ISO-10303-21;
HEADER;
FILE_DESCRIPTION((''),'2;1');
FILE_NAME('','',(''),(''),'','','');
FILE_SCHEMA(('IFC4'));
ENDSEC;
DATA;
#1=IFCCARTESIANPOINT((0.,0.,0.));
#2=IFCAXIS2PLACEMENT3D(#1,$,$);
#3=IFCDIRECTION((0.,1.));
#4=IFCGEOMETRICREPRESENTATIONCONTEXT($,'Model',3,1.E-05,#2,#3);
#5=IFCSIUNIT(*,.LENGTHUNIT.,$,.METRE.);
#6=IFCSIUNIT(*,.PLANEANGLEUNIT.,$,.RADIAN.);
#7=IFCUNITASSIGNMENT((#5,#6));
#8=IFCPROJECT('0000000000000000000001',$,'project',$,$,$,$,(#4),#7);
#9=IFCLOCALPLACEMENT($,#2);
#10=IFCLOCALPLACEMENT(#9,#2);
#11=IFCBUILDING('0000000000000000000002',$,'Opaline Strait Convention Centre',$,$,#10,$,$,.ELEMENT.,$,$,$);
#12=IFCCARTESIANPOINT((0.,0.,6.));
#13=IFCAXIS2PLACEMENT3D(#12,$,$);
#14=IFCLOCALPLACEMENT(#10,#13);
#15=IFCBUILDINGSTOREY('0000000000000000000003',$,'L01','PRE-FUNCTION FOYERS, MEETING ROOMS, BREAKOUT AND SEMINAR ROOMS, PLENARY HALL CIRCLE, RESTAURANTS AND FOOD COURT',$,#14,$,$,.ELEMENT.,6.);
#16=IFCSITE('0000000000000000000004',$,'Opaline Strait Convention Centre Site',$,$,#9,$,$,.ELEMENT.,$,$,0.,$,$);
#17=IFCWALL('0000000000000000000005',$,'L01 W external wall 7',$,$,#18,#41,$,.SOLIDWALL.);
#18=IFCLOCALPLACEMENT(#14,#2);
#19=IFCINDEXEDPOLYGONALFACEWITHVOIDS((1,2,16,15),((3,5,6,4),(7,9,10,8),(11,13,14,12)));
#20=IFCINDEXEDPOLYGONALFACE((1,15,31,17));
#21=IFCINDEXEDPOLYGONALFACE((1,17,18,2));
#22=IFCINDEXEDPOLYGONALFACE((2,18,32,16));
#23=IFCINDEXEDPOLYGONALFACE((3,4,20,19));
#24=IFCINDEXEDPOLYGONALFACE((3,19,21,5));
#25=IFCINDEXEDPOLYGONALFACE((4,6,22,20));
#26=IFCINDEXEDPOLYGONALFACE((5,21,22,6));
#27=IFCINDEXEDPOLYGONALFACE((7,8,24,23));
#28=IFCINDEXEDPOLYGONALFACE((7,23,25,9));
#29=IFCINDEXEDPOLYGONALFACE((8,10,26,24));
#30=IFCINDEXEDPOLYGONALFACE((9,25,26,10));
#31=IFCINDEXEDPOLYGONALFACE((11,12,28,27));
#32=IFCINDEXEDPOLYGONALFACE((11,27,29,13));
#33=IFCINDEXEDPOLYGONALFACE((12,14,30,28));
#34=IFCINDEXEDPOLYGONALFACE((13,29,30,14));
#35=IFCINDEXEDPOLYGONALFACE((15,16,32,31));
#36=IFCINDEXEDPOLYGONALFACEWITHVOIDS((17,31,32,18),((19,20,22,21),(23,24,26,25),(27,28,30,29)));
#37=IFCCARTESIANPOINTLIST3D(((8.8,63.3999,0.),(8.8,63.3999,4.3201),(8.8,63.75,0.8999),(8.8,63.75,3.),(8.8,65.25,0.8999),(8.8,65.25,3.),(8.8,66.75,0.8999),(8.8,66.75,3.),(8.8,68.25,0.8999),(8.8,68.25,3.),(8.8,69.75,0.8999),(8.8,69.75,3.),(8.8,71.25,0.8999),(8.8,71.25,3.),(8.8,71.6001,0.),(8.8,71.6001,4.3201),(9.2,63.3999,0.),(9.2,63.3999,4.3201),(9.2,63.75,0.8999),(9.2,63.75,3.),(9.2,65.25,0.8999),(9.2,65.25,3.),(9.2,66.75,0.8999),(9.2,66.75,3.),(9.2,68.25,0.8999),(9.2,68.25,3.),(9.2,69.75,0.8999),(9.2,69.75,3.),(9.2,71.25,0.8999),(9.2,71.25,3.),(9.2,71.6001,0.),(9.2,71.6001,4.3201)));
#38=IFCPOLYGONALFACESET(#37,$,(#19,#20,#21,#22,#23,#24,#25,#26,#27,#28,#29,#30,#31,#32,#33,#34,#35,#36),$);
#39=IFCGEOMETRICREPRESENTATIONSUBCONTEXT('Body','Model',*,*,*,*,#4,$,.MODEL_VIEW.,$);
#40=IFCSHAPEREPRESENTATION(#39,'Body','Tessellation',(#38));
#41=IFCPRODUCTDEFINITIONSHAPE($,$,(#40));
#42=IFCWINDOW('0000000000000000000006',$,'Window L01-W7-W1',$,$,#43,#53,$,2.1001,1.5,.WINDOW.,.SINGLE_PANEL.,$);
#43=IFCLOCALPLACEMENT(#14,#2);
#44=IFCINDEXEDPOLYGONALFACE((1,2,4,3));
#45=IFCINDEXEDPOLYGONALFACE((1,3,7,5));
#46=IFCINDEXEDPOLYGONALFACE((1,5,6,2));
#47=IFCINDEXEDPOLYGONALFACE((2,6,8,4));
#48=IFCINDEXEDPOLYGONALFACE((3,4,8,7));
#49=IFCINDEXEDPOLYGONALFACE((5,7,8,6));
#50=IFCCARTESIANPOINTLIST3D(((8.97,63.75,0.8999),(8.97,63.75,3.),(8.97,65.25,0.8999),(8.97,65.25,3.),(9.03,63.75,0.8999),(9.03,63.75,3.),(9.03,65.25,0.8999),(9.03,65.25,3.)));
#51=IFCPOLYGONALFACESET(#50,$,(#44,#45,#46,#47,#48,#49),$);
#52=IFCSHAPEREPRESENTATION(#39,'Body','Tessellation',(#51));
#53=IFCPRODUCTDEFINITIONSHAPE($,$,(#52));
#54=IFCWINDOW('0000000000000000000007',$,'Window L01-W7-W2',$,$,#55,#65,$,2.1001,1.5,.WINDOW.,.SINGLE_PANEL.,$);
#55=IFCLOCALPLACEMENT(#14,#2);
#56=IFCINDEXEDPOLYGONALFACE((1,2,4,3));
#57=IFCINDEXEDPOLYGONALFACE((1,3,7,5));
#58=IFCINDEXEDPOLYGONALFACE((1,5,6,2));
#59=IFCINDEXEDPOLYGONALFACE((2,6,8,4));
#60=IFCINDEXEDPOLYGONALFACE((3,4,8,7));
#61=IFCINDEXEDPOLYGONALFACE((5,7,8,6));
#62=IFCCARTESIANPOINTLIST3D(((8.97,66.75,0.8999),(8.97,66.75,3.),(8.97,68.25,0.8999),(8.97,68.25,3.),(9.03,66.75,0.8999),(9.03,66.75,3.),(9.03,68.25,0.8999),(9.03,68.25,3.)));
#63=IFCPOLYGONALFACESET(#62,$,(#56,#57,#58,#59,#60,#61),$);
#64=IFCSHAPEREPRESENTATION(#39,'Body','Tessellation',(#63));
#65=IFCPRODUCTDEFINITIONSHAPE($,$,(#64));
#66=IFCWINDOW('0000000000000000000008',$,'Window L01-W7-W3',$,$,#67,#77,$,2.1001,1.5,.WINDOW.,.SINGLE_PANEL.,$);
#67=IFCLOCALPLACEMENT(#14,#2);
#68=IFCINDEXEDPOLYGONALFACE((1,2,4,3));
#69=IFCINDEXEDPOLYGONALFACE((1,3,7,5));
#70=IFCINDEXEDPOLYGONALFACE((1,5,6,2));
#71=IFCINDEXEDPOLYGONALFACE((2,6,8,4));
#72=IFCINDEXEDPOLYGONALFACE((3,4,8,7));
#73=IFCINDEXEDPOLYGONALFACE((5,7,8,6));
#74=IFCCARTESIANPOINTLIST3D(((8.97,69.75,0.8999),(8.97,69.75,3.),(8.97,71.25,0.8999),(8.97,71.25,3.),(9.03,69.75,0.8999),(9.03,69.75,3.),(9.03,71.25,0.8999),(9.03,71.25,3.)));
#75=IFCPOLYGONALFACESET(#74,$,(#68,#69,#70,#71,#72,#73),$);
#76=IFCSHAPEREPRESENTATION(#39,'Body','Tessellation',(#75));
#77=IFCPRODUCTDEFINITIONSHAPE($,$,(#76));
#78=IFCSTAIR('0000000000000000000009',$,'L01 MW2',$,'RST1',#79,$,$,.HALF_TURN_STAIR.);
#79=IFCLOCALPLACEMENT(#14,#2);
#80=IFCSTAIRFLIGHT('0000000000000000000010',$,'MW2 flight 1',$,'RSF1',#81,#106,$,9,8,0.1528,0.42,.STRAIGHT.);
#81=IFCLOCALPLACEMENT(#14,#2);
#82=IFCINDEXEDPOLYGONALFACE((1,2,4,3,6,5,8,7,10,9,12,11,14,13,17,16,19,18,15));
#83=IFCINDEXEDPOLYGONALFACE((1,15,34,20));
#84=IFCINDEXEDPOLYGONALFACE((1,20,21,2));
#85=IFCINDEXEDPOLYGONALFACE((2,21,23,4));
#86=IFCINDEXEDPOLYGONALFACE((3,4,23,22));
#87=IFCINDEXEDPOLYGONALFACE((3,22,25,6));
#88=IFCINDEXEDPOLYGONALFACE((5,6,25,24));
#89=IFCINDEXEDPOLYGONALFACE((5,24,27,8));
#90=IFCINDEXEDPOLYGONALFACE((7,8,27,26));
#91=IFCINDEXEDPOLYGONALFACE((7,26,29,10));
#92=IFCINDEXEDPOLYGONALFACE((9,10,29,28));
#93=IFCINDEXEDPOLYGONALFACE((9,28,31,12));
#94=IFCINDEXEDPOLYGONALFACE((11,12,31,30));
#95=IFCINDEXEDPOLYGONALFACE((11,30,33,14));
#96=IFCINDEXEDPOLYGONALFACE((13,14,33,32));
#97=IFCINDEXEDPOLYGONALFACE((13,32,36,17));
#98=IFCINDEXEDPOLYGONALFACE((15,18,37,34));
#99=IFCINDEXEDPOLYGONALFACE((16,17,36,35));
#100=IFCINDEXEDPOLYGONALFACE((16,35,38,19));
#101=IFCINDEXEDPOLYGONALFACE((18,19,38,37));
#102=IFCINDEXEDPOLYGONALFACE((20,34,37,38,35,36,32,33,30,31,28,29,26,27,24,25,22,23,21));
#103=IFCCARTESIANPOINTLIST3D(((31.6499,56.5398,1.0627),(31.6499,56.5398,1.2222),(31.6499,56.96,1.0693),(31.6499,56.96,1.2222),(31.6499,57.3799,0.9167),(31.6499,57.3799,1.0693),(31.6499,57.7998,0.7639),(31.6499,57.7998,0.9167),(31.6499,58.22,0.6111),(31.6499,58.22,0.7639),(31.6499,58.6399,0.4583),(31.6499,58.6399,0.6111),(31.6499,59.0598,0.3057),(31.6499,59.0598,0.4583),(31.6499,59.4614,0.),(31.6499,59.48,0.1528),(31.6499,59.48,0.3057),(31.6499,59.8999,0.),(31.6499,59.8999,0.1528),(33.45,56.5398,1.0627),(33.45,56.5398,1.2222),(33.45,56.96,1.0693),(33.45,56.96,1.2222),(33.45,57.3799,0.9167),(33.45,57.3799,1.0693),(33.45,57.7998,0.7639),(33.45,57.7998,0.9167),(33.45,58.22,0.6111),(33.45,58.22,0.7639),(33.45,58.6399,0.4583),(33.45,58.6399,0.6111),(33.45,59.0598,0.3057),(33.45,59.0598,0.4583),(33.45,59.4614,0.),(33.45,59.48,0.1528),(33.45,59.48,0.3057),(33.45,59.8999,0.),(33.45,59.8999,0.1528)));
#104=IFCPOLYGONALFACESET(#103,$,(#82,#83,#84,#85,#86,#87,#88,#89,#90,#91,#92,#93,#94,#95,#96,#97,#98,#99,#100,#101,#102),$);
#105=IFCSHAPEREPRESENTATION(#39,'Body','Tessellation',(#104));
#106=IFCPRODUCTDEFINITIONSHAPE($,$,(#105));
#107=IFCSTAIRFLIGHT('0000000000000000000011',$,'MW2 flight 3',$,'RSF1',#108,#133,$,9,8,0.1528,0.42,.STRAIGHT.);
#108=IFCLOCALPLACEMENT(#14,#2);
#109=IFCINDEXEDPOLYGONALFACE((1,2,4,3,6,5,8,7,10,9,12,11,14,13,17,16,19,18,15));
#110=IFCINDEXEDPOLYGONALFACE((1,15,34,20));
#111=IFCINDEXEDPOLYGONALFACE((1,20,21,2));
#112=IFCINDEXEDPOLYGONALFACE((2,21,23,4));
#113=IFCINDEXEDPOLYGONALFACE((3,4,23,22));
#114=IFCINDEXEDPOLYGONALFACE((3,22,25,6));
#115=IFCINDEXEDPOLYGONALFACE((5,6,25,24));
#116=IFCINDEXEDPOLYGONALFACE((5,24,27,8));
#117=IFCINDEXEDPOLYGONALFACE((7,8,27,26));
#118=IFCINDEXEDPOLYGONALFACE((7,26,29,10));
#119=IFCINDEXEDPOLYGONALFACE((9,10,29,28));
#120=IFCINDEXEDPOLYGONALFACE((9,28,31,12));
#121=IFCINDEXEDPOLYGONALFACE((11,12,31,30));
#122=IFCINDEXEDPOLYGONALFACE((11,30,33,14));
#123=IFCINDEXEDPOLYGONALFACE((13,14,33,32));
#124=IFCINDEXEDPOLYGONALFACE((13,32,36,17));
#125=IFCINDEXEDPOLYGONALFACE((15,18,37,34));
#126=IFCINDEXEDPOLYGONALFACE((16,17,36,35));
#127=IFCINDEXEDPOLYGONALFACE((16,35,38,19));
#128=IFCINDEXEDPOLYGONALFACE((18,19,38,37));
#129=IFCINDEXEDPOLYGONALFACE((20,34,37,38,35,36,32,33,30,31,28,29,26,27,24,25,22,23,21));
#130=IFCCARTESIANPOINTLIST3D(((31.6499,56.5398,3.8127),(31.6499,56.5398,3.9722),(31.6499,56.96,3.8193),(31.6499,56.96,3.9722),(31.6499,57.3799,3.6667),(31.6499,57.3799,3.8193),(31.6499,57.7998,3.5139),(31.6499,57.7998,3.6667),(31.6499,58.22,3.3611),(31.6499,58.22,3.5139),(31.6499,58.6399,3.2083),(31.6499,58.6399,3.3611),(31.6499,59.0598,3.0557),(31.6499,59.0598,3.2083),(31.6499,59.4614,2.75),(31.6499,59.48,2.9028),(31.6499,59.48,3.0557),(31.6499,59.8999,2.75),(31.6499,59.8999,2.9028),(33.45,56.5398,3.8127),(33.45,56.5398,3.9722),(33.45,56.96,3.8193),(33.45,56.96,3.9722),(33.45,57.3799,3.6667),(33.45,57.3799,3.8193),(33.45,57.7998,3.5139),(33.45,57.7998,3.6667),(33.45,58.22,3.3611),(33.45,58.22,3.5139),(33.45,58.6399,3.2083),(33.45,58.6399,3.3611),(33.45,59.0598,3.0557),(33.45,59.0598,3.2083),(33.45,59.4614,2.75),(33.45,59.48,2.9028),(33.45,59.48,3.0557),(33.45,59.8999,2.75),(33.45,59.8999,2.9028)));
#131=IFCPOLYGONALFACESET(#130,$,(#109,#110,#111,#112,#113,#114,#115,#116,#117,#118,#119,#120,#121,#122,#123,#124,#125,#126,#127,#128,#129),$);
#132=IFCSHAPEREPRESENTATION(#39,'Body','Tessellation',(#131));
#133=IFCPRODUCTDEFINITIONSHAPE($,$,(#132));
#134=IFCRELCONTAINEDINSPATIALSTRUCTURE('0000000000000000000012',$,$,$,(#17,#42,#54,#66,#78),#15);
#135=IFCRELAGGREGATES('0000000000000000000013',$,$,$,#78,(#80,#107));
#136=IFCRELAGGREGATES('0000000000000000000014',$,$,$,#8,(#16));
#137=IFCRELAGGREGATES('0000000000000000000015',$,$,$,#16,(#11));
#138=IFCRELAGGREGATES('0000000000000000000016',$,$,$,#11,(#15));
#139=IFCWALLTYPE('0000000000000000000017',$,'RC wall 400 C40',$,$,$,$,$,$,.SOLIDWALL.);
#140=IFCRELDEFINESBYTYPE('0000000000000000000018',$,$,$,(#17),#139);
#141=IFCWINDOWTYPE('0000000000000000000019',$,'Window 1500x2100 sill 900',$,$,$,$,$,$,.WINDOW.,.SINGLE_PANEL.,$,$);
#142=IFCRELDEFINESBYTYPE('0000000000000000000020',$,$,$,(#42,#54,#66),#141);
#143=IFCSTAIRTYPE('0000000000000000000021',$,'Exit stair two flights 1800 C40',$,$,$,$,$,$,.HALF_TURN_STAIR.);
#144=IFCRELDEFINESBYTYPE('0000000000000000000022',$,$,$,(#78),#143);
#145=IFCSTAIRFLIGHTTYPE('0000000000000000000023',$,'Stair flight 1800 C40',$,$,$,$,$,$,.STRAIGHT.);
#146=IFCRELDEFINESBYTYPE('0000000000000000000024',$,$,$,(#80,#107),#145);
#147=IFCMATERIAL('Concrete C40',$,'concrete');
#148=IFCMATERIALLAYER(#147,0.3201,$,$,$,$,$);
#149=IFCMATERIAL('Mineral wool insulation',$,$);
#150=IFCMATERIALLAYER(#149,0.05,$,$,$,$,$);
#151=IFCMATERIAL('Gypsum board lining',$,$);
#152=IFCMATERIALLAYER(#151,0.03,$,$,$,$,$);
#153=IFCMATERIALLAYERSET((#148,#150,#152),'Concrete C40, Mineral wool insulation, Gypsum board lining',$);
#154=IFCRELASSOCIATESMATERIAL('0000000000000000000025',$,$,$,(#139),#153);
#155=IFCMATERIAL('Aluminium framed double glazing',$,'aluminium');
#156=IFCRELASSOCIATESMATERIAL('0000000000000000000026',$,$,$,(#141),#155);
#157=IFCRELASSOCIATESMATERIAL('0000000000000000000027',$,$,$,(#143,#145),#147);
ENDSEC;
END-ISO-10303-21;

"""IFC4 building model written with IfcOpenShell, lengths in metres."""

from ifc_helpers import new_model, si_unit, direction, frame, frame_2d, origin, place, context, subcontext, project, spatial, polyline, rectangle, outline, extrude, material, layer, layer_set, type_object, element, fill, aggregate, save


model = new_model("IFC4")

# Units and contexts
model_context = context("Model", 3, precision=1e-05, world=origin(), true_north=direction((0.0, 1.0)))
body_context = subcontext(model_context, "Body", "Model", "MODEL_VIEW")
ifc_project = project(units=[si_unit("LENGTHUNIT", "METRE"), si_unit("PLANEANGLEUNIT", "RADIAN")], contexts=[model_context])

# Site, building, storey
site_placement = place(None, origin())
site = spatial("IfcSite", under=ifc_project, at=site_placement, Name="Opaline Strait Convention Centre Site", CompositionType="ELEMENT", RefElevation=0.0)
building_placement = place(site_placement, origin())
building = spatial("IfcBuilding", under=site, at=building_placement, Name="Opaline Strait Convention Centre", CompositionType="ELEMENT")
storey_placement = place(building_placement, frame((0.0, 0.0, 6.0)))
storey = spatial("IfcBuildingStorey", under=building, at=storey_placement, Name="L01", Description="PRE-FUNCTION FOYERS, MEETING ROOMS, BREAKOUT AND SEMINAR ROOMS, PLENARY HALL CIRCLE, RESTAURANTS AND FOOD COURT", CompositionType="ELEMENT", Elevation=6.0)

# Shared definitions
ifc_material_1 = material(Name="Concrete C40", Category="concrete")

# Wall, openings, windows
ifc_layer_1 = layer(ifc_material_1, 0.3201)
ifc_material_2 = material(Name="Mineral wool insulation")
ifc_layer_2 = layer(ifc_material_2, 0.05)
ifc_material_3 = material(Name="Gypsum board lining")
ifc_layer_3 = layer(ifc_material_3, 0.03)
ifc_layer_set_1 = layer_set([ifc_layer_1, ifc_layer_2, ifc_layer_3], Name="Concrete C40, Mineral wool insulation, Gypsum board lining")
wall_type_1 = type_object("IfcWallType", Name="RC wall 400 C40", PredefinedType="SOLIDWALL", material=ifc_layer_set_1)
wall_1_placement = place(storey_placement, frame((9.0, 63.3999, 0.0), z_axis=(0.0, 0.0, 1.0), x_axis=(0.0, 1.0, 0.0)))
wall_1 = element("IfcWall", 1, at=wall_1_placement, inside=storey, type_object=wall_type_1, Name="L01 W external wall 7", PredefinedType="SOLIDWALL", context=body_context, shape_type="SweptSolid", body=[
    extrude(rectangle(XDim=8.2002, YDim=0.3999, at=frame_2d((4.1001, 0.0))), origin(), (0.0, 0.0, 1.0), 4.3201),
])
opening_1_placement = place(wall_1_placement, frame((0.3501, 0.0, 0.8999)))
opening_1 = element("IfcOpeningElement", 2, at=opening_1_placement, cuts=wall_1, PredefinedType="OPENING", context=body_context, shape_type="SweptSolid", body=[
    extrude(rectangle(XDim=1.5, YDim=2.1001, at=frame_2d((0.75, 1.05))), frame((0.0, 0.21, 0.0), z_axis=(0.0, -1.0, 0.0), x_axis=(1.0, 0.0, 0.0)), (0.0, 0.0, 1.0), 0.4199),
])
opening_2_placement = place(wall_1_placement, frame((3.3501, 0.0, 0.8999)))
opening_2 = element("IfcOpeningElement", 3, at=opening_2_placement, cuts=wall_1, PredefinedType="OPENING", context=body_context, shape_type="SweptSolid", body=[
    extrude(rectangle(XDim=1.5, YDim=2.1001, at=frame_2d((0.75, 1.05))), frame((0.0, 0.21, 0.0), z_axis=(0.0, -1.0, 0.0), x_axis=(1.0, 0.0, 0.0)), (0.0, 0.0, 1.0), 0.4199),
])
opening_3_placement = place(wall_1_placement, frame((6.3501, 0.0, 0.8999)))
opening_3 = element("IfcOpeningElement", 4, at=opening_3_placement, cuts=wall_1, PredefinedType="OPENING", context=body_context, shape_type="SweptSolid", body=[
    extrude(rectangle(XDim=1.5, YDim=2.1001, at=frame_2d((0.75, 1.05))), frame((0.0, 0.21, 0.0), z_axis=(0.0, -1.0, 0.0), x_axis=(1.0, 0.0, 0.0)), (0.0, 0.0, 1.0), 0.4199),
])
ifc_material_4 = material(Name="Aluminium framed double glazing", Category="aluminium")
window_type = type_object("IfcWindowType", Name="Window 1500x2100 sill 900", PartitioningType="SINGLE_PANEL", PredefinedType="WINDOW", material=ifc_material_4)
window_1_placement = place(opening_1_placement, origin())
window_1 = element("IfcWindow", 5, at=window_1_placement, inside=storey, type_object=window_type, Name="Window L01-W7-W1", OverallHeight=2.1001, OverallWidth=1.5, PartitioningType="SINGLE_PANEL", PredefinedType="WINDOW", context=body_context, shape_type="SweptSolid", body=[
    extrude(rectangle(XDim=1.5, YDim=2.1001, at=frame_2d((0.75, 1.05))), frame((0.0, 0.03, 0.0), z_axis=(0.0, -1.0, 0.0), x_axis=(1.0, 0.0, 0.0)), (0.0, 0.0, 1.0), 0.0601),
])
fill(opening_1, window_1)
window_2_placement = place(opening_2_placement, origin())
window_2 = element("IfcWindow", 6, at=window_2_placement, inside=storey, type_object=window_type, Name="Window L01-W7-W2", OverallHeight=2.1001, OverallWidth=1.5, PartitioningType="SINGLE_PANEL", PredefinedType="WINDOW", context=body_context, shape_type="SweptSolid", body=[
    extrude(rectangle(XDim=1.5, YDim=2.1001, at=frame_2d((0.75, 1.05))), frame((0.0, 0.03, 0.0), z_axis=(0.0, -1.0, 0.0), x_axis=(1.0, 0.0, 0.0)), (0.0, 0.0, 1.0), 0.0601),
])
fill(opening_2, window_2)
window_3_placement = place(opening_3_placement, origin())
window_3 = element("IfcWindow", 7, at=window_3_placement, inside=storey, type_object=window_type, Name="Window L01-W7-W3", OverallHeight=2.1001, OverallWidth=1.5, PartitioningType="SINGLE_PANEL", PredefinedType="WINDOW", context=body_context, shape_type="SweptSolid", body=[
    extrude(rectangle(XDim=1.5, YDim=2.1001, at=frame_2d((0.75, 1.05))), frame((0.0, 0.03, 0.0), z_axis=(0.0, -1.0, 0.0), x_axis=(1.0, 0.0, 0.0)), (0.0, 0.0, 1.0), 0.0601),
])
fill(opening_3, window_3)

# Stair, stair flights
stair_type = type_object("IfcStairType", Name="Exit stair two flights 1800 C40", PredefinedType="HALF_TURN_STAIR", material=ifc_material_1)
stair_placement = place(storey_placement, origin())
stair = element("IfcStair", 8, at=stair_placement, inside=storey, type_object=stair_type, Name="L01 MW2", ObjectType="RST1", PredefinedType="HALF_TURN_STAIR")
stair_flight_type = type_object("IfcStairFlightType", Name="Stair flight 1800 C40", PredefinedType="STRAIGHT", material=ifc_material_1)
stair_flight_1_placement = place(storey_placement, frame((32.55, 59.8999, 0.0), z_axis=(0.0, 0.0, 1.0), x_axis=(0.0, -1.0, 0.0)))
stair_flight_1 = element("IfcStairFlight", 9, at=stair_flight_1_placement, type_object=stair_flight_type, Name="MW2 flight 1", ObjectType="RSF1", NumberOfRisers=9, NumberOfTreads=8, PredefinedType="STRAIGHT", RiserHeight=0.1528, TreadLength=0.42, context=body_context, shape_type="SweptSolid", body=[
    extrude(outline(polyline([(0.0, 0.0), (0.0, 0.1528), (0.4199, 0.1528), (0.4199, 0.3057), (0.8401, 0.3057), (0.8401, 0.4583), (1.26, 0.4583), (1.26, 0.6111), (1.6799, 0.6111), (1.6799, 0.7639), (2.1001, 0.7639), (2.1001, 0.9167), (2.52, 0.9167), (2.52, 1.0693), (2.9399, 1.0693), (2.9399, 1.2222), (3.3601, 1.2222), (3.3601, 1.375), (3.3601, 1.0627), (0.4385, 0.0), (0.0, 0.0)])), frame((0.0, 0.8999, 0.0), z_axis=(0.0, -1.0, 0.0), x_axis=(1.0, 0.0, 0.0)), (0.0, 0.0, 1.0), 1.8),
])
stair_flight_2_placement = place(storey_placement, frame((32.55, 59.8999, 2.75), z_axis=(0.0, 0.0, 1.0), x_axis=(0.0, -1.0, 0.0)))
stair_flight_2 = element("IfcStairFlight", 10, at=stair_flight_2_placement, type_object=stair_flight_type, Name="MW2 flight 3", ObjectType="RSF1", NumberOfRisers=9, NumberOfTreads=8, PredefinedType="STRAIGHT", RiserHeight=0.1528, TreadLength=0.42, context=body_context, shape_type="SweptSolid", body=[
    extrude(outline(polyline([(0.0, 0.0), (0.0, 0.1528), (0.4199, 0.1528), (0.4199, 0.3057), (0.8401, 0.3057), (0.8401, 0.4583), (1.26, 0.4583), (1.26, 0.6111), (1.6799, 0.6111), (1.6799, 0.7639), (2.1001, 0.7639), (2.1001, 0.9167), (2.52, 0.9167), (2.52, 1.0693), (2.9399, 1.0693), (2.9399, 1.2222), (3.3601, 1.2222), (3.3601, 1.375), (3.3601, 1.0627), (0.4385, 0.0), (0.0, 0.0)])), frame((0.0, 0.8999, 0.0), z_axis=(0.0, -1.0, 0.0), x_axis=(1.0, 0.0, 0.0)), (0.0, 0.0, 1.0), 1.8),
])
aggregate(stair, [stair_flight_1, stair_flight_2])

save(model, "model.ifc")
